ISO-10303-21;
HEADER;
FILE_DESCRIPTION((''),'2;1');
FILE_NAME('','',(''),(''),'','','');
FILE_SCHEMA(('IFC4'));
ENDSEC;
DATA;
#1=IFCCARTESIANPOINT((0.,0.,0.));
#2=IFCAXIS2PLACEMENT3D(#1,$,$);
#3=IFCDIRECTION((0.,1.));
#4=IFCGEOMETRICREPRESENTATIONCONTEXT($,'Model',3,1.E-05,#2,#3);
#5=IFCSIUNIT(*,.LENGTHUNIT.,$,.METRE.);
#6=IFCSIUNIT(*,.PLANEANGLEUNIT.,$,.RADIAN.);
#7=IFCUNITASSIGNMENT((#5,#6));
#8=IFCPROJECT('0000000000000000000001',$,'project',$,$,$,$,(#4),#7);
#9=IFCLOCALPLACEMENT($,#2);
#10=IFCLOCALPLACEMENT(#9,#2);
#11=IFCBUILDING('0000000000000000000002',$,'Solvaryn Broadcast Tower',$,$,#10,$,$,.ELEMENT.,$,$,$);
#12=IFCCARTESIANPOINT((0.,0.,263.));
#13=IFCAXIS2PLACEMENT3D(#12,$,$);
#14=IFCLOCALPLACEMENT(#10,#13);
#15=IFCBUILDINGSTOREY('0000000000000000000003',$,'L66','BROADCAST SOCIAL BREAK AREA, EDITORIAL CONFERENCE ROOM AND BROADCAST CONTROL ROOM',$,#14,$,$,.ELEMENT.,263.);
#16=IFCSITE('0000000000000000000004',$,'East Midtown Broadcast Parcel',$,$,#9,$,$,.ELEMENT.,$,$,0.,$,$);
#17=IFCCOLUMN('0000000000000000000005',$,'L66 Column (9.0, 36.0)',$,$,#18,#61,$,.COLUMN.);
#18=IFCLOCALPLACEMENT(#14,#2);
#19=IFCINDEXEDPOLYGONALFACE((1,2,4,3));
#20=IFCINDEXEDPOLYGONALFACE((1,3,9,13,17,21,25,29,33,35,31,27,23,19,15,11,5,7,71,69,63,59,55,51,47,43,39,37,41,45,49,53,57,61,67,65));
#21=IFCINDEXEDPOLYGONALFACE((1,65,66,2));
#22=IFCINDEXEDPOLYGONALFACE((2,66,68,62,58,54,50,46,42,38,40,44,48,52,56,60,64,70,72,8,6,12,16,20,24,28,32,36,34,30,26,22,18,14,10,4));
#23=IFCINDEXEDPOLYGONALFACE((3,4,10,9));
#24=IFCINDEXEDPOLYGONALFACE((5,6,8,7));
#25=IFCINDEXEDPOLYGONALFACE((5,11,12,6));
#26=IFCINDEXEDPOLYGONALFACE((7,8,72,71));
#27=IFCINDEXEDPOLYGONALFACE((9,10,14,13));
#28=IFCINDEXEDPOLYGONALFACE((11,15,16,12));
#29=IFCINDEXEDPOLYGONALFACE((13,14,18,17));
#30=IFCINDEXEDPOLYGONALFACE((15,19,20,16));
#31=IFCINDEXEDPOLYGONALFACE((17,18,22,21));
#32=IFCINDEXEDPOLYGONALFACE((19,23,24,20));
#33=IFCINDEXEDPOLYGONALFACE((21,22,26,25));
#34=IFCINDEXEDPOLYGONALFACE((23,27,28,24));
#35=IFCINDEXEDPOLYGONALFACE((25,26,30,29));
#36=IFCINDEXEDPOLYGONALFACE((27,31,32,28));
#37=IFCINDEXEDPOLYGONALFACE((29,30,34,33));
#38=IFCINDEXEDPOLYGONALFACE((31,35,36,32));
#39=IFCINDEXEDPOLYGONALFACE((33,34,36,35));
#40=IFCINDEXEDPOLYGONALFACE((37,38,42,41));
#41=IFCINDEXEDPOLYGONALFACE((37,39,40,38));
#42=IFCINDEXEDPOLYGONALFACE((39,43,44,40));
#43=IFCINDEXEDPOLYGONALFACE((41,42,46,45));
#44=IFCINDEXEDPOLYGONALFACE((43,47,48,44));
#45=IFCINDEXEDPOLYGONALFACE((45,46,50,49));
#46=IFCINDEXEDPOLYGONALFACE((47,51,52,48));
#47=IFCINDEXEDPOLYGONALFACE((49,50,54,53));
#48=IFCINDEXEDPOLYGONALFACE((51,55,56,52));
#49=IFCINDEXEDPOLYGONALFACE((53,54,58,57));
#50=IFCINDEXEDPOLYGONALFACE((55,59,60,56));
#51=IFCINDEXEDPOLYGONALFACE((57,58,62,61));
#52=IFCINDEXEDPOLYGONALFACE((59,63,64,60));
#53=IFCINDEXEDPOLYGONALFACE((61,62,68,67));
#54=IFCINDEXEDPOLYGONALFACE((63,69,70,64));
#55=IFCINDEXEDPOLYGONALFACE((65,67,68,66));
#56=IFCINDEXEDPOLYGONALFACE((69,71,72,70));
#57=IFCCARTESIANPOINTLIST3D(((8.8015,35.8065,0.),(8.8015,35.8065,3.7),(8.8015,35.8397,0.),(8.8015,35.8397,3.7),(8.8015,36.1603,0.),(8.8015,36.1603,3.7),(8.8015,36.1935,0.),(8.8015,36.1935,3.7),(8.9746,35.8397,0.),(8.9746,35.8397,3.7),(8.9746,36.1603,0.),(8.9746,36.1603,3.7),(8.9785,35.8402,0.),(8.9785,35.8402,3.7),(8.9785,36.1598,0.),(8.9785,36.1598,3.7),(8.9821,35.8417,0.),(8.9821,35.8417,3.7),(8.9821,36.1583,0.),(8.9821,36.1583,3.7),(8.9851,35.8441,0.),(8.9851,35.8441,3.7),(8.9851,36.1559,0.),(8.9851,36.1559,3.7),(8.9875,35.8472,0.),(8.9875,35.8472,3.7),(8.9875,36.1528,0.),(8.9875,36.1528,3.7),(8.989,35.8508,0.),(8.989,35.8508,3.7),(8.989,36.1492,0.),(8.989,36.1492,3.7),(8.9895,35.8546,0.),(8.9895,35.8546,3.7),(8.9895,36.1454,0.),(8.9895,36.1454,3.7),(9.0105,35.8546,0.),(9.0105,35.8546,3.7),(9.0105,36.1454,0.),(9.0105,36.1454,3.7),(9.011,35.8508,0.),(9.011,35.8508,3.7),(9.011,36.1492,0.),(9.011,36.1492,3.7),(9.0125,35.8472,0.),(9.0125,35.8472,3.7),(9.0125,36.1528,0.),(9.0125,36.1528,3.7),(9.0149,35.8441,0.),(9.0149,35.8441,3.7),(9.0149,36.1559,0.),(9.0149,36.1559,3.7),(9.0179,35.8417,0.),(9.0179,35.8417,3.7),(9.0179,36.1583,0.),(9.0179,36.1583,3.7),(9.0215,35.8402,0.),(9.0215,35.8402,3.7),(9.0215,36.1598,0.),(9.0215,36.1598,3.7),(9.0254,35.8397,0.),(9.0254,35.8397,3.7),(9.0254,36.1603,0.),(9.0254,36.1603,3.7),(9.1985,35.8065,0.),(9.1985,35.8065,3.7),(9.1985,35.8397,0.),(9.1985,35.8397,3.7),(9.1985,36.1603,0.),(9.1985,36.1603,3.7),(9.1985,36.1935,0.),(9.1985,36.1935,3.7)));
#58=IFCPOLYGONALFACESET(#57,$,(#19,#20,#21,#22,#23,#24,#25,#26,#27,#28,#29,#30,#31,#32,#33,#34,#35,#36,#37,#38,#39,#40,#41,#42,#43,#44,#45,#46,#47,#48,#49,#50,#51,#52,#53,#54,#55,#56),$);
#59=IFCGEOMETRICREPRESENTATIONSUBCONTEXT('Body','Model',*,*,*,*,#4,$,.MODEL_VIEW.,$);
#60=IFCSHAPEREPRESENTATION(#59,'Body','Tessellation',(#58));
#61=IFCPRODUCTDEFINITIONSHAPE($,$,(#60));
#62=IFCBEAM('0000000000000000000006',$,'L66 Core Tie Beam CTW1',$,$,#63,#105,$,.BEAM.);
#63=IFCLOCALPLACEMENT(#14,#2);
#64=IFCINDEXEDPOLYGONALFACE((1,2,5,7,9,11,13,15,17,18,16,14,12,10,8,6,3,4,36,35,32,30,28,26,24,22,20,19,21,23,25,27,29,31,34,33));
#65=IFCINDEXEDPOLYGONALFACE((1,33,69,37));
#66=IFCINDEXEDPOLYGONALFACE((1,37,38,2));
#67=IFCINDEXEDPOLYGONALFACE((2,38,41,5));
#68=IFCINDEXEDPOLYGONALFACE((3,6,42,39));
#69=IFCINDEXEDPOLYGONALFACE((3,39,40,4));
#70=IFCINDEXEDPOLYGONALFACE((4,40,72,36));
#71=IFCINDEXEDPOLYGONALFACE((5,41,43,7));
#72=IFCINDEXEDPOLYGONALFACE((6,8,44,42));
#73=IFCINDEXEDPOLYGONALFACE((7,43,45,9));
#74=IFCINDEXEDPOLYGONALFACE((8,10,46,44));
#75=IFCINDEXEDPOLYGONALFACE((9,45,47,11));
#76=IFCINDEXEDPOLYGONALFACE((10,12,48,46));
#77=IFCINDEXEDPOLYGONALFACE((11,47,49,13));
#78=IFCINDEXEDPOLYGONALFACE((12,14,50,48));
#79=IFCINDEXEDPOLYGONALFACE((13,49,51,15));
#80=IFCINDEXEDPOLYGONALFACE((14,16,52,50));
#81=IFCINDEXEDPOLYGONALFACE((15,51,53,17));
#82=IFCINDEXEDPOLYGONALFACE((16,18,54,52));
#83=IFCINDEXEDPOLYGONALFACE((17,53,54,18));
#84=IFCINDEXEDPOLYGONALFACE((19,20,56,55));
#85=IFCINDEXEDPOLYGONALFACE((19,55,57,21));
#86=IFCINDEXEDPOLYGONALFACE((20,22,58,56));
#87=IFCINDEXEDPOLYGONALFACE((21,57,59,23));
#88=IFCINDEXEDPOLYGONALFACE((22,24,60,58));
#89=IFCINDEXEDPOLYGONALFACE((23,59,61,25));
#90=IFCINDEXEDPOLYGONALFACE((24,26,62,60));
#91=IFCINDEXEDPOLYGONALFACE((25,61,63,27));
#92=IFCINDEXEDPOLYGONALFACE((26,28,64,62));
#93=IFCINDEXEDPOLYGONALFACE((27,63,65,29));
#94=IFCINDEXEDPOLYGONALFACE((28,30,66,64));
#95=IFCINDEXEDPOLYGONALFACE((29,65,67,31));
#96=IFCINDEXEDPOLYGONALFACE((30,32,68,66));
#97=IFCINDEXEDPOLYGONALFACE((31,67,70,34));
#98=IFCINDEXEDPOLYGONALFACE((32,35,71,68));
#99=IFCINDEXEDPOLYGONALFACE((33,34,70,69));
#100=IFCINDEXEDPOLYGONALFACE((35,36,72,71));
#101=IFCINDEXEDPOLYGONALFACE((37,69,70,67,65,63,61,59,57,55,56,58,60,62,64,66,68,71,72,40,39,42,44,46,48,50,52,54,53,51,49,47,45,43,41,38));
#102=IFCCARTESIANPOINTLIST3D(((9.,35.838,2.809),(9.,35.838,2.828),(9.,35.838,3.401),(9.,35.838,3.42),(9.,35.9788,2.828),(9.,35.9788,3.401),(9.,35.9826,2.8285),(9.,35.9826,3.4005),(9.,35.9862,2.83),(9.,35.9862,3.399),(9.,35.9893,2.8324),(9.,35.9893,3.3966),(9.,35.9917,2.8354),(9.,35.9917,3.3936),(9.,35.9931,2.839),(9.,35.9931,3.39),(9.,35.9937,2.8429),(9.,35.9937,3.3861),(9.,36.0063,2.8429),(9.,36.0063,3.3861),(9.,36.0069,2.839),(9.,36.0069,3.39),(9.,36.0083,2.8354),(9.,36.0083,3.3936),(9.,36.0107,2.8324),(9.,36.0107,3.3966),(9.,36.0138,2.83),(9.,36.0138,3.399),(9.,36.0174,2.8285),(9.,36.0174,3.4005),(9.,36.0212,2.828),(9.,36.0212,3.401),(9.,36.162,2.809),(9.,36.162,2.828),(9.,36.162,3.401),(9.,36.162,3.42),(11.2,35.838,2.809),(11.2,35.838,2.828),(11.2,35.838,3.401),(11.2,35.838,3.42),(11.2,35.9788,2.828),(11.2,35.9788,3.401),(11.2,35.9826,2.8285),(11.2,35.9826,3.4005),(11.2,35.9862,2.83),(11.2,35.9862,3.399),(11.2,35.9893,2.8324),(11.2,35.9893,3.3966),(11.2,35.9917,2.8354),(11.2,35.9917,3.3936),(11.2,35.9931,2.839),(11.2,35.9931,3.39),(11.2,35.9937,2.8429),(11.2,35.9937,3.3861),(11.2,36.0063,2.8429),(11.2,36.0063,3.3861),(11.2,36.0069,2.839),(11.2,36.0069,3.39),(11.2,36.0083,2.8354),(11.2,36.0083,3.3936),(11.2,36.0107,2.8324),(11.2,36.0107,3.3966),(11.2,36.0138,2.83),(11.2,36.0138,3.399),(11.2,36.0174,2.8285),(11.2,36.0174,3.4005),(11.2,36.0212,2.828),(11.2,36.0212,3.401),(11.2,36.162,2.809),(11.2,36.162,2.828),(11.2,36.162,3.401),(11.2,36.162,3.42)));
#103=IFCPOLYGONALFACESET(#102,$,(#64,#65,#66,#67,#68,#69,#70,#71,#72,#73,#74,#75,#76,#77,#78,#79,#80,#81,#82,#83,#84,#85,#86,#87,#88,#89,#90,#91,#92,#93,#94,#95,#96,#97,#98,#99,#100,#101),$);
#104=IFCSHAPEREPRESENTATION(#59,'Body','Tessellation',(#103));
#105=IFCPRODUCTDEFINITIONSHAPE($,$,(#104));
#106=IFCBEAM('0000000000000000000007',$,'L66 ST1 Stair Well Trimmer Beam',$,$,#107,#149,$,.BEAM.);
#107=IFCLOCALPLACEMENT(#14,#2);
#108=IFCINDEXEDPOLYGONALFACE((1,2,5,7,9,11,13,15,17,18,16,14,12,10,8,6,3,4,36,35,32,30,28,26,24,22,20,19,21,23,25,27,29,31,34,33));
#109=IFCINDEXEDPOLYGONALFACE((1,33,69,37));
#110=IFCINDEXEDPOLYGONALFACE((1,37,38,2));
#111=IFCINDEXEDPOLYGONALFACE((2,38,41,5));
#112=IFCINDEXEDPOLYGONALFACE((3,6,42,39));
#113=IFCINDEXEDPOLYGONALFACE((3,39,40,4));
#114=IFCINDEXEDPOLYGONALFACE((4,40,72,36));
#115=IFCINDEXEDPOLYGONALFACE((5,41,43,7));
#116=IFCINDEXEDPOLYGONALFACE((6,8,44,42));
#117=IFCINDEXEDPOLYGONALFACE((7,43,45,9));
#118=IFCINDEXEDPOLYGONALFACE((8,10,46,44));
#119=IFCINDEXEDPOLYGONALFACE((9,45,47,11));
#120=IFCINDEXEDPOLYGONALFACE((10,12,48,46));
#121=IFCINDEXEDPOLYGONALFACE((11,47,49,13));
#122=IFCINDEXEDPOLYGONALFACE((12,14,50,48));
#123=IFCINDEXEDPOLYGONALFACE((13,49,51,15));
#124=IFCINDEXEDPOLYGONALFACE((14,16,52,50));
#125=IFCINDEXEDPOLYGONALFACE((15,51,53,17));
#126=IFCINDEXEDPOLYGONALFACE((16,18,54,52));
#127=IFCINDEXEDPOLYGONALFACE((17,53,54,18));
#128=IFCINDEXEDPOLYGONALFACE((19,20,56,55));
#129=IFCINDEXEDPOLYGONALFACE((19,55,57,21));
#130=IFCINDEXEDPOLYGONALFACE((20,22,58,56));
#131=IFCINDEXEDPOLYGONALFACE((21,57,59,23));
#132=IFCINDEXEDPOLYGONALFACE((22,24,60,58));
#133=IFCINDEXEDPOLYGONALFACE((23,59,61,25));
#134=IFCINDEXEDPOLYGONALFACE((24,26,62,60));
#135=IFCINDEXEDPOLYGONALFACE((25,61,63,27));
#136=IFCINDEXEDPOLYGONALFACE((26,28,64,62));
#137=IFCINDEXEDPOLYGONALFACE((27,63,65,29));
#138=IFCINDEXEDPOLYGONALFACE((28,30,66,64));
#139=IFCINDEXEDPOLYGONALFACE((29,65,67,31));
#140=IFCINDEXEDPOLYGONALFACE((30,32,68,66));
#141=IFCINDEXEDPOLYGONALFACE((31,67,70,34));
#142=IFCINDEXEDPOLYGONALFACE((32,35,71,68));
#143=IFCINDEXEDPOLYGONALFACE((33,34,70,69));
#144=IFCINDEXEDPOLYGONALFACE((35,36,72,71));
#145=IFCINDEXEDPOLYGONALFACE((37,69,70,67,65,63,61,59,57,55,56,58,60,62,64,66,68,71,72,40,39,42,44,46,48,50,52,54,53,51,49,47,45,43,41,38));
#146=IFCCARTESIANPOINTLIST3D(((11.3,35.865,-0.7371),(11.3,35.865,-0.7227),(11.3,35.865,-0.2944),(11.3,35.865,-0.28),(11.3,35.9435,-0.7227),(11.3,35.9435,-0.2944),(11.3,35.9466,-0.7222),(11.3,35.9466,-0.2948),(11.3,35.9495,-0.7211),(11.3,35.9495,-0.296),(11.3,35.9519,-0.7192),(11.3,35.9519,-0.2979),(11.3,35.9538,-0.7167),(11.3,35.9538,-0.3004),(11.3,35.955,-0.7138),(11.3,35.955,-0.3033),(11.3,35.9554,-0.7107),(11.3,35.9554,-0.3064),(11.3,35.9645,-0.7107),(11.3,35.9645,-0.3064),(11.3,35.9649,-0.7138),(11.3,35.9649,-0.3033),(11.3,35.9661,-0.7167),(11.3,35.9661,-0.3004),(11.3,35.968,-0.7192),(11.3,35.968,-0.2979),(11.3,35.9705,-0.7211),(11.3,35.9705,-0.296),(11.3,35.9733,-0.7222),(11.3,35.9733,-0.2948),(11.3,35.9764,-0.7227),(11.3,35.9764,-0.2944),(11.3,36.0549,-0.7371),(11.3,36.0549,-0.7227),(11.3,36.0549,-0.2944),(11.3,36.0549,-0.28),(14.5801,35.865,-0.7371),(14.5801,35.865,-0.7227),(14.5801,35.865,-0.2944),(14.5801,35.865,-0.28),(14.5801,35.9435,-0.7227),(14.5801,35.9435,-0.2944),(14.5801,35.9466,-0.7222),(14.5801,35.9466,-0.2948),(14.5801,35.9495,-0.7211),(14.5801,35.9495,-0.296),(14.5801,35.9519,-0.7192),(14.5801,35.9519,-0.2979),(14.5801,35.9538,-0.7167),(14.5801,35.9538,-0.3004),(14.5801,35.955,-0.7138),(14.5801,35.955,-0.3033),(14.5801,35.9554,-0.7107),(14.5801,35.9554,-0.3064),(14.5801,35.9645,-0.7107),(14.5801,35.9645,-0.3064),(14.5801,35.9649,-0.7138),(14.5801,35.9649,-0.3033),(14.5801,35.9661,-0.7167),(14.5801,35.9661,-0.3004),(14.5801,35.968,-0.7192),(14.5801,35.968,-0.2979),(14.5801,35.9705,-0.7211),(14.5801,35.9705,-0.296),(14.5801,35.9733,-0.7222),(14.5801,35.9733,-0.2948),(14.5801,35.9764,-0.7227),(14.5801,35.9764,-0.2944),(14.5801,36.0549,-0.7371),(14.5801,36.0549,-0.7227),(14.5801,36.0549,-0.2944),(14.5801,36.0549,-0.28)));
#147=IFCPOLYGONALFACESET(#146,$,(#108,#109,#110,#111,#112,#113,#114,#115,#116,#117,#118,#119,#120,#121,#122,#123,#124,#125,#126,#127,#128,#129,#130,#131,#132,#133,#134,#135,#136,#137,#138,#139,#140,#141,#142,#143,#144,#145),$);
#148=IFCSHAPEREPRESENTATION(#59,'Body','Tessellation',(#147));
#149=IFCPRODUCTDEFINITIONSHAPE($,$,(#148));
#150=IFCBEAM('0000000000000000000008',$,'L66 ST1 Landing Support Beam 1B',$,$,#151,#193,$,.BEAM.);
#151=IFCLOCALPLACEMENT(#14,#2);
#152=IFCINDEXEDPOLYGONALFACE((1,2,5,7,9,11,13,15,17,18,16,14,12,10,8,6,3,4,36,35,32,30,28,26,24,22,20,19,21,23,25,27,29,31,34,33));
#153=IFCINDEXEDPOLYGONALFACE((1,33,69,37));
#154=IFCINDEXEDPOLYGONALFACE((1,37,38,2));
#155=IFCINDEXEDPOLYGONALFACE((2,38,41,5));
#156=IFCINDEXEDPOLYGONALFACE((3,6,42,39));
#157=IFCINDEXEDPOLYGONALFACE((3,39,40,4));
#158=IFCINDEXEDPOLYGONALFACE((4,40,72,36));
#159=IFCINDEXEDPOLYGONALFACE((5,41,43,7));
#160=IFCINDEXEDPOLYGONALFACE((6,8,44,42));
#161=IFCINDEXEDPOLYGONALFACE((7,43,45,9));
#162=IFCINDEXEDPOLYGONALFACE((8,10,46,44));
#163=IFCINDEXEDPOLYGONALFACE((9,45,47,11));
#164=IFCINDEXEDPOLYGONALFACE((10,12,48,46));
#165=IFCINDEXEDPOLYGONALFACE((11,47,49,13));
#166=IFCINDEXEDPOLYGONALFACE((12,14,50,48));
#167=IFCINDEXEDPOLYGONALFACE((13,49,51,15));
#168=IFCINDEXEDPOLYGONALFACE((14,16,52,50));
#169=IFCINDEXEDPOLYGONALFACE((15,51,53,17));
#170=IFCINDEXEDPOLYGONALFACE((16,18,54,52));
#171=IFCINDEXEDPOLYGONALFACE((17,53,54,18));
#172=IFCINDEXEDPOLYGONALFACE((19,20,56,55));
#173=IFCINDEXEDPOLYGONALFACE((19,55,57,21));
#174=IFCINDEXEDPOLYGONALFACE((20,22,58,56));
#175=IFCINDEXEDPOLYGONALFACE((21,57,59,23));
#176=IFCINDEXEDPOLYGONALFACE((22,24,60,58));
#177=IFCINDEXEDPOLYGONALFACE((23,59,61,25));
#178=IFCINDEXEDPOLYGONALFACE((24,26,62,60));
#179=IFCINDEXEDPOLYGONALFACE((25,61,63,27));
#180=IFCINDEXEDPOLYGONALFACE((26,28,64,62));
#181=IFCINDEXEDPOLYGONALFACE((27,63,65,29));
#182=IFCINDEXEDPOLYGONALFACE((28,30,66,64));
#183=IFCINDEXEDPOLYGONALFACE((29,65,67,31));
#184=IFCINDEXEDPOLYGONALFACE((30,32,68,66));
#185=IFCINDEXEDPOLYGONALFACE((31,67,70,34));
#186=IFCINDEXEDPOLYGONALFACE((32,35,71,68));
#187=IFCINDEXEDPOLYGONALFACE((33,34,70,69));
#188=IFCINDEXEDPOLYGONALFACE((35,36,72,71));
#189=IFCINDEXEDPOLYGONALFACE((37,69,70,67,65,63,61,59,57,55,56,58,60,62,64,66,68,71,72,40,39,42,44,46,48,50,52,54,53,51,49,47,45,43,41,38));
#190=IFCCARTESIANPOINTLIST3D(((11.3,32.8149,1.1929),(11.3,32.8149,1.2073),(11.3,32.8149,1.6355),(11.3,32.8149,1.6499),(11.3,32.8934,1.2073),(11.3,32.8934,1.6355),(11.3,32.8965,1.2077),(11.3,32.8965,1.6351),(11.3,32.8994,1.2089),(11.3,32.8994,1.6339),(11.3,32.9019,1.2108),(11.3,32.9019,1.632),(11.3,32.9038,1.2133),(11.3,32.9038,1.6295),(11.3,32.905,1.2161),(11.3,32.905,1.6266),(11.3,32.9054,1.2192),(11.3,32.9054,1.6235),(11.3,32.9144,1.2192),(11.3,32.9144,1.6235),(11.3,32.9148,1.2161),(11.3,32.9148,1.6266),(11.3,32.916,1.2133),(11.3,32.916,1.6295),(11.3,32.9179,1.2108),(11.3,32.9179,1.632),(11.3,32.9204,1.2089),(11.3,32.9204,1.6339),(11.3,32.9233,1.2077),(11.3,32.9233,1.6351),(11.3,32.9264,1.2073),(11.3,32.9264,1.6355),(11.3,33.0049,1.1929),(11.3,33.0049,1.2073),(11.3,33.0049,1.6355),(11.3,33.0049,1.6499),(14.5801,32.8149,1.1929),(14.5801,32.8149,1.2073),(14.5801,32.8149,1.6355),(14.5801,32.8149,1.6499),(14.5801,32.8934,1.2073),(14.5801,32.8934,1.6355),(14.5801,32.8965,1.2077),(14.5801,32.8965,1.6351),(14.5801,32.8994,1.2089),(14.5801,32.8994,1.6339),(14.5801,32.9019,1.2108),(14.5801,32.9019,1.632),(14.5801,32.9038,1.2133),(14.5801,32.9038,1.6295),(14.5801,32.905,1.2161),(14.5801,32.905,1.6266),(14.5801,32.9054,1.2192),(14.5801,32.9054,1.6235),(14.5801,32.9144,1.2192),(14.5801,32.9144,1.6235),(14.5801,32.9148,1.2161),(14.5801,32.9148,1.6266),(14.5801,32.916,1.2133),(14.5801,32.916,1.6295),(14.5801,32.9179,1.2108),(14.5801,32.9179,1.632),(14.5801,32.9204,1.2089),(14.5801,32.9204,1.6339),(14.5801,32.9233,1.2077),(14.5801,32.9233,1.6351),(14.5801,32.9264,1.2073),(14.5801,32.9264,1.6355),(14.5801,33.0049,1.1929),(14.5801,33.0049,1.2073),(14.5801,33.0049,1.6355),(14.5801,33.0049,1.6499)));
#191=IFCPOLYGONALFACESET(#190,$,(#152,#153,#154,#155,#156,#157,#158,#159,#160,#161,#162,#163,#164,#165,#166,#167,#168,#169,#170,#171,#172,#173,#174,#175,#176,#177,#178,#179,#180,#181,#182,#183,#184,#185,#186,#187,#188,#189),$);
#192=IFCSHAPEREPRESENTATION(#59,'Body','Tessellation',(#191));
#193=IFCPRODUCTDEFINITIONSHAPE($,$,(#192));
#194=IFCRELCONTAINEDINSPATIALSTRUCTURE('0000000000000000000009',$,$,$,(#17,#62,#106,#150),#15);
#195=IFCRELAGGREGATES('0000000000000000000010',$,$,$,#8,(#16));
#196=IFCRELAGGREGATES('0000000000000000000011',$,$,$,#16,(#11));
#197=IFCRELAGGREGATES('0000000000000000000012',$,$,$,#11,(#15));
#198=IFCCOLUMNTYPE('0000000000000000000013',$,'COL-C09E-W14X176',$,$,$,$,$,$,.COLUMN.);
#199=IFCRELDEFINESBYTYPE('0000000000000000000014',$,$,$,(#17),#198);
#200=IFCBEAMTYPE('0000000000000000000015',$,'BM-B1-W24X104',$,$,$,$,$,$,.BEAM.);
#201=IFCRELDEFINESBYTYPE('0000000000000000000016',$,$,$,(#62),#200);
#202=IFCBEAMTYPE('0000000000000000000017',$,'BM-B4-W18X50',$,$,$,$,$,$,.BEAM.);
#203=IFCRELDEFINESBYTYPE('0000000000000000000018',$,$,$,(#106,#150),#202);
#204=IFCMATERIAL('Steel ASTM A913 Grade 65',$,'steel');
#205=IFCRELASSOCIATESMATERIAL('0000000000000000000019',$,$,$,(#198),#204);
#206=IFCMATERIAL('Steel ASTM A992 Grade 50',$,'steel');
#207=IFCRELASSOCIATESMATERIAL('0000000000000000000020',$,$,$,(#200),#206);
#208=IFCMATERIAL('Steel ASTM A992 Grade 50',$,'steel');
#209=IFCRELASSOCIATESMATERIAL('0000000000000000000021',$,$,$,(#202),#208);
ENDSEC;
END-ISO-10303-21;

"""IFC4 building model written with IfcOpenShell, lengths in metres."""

from ifc_helpers import new_model, si_unit, direction, frame, origin, origin_2d, place, context, subcontext, project, spatial, i_section, extrude, material, material_profile, profile_set, type_object, element, save


model = new_model("IFC4")

# Units and contexts
model_context = context("Model", 3, precision=1e-05, world=origin(), true_north=direction((0.0, 1.0)))
body_context = subcontext(model_context, "Body", "Model", "MODEL_VIEW")
ifc_project = project(units=[si_unit("LENGTHUNIT", "METRE"), si_unit("PLANEANGLEUNIT", "RADIAN")], contexts=[model_context])

# Site, building, storey
site_placement = place(None, origin())
site = spatial("IfcSite", under=ifc_project, at=site_placement, Name="East Midtown Broadcast Parcel", CompositionType="ELEMENT", RefElevation=0.0)
building_placement = place(site_placement, origin())
building = spatial("IfcBuilding", under=site, at=building_placement, Name="Solvaryn Broadcast Tower", CompositionType="ELEMENT")
storey_placement = place(building_placement, frame((0.0, 0.0, 263.0)))
storey = spatial("IfcBuildingStorey", under=building, at=storey_placement, Name="L66", Description="BROADCAST SOCIAL BREAK AREA, EDITORIAL CONFERENCE ROOM AND BROADCAST CONTROL ROOM", CompositionType="ELEMENT", Elevation=263.0)

# Column
ifc_material_1 = material(Name="Steel ASTM A913 Grade 65", Category="steel")
ifc_material_profile_1 = material_profile(ifc_material_1, i_section(OverallWidth=0.397, OverallDepth=0.387, WebThickness=0.021, FlangeThickness=0.0332, FilletRadius=0.0149, at=origin_2d()))
ifc_profile_set_1 = profile_set([ifc_material_profile_1], Name="Steel ASTM A913 Grade 65")
column_type = type_object("IfcColumnType", Name="COL-C09E-W14X176", PredefinedType="COLUMN", material=ifc_profile_set_1)
column_placement = place(storey_placement, frame((9.0, 36.0, 0.0), z_axis=(0.0, 0.0, 1.0), x_axis=(1.0, 0.0, 0.0)))
element("IfcColumn", 1, at=column_placement, inside=storey, type_object=column_type, Name="L66 Column (9.0, 36.0)", PredefinedType="COLUMN", context=body_context, shape_type="SweptSolid", body=[
    extrude(i_section(OverallWidth=0.397, OverallDepth=0.387, WebThickness=0.021, FlangeThickness=0.0332, FilletRadius=0.0149, at=origin_2d()), origin(), (0.0, 0.0, 1.0), 3.7),
])

# Beams
ifc_material_2 = material(Name="Steel ASTM A992 Grade 50", Category="steel")
ifc_material_profile_2 = material_profile(ifc_material_2, i_section(OverallWidth=0.324, OverallDepth=0.6111, WebThickness=0.0127, FlangeThickness=0.019, FilletRadius=0.0149, at=origin_2d()))
ifc_profile_set_2 = profile_set([ifc_material_profile_2], Name="Steel ASTM A992 Grade 50")
beam_type_1 = type_object("IfcBeamType", Name="BM-B1-W24X104", PredefinedType="BEAM", material=ifc_profile_set_2)
beam_placement = place(storey_placement, frame((9.0, 36.0, 3.1145), z_axis=(1.0, 0.0, 0.0), x_axis=(0.0, 1.0, 0.0)))
element("IfcBeam", 2, at=beam_placement, inside=storey, type_object=beam_type_1, Name="L66 Core Tie Beam CTW1", PredefinedType="BEAM", context=body_context, shape_type="SweptSolid", body=[
    extrude(i_section(OverallWidth=0.324, OverallDepth=0.6111, WebThickness=0.0127, FlangeThickness=0.019, FilletRadius=0.0149, at=origin_2d()), origin(), (0.0, 0.0, 1.0), 2.2),
])
ifc_material_3 = material(Name="Steel ASTM A992 Grade 50", Category="steel")
ifc_material_profile_3 = material_profile(ifc_material_3, i_section(OverallWidth=0.1899, OverallDepth=0.457, WebThickness=0.009, FlangeThickness=0.0144, FilletRadius=0.012, at=origin_2d()))
ifc_profile_set_3 = profile_set([ifc_material_profile_3], Name="Steel ASTM A992 Grade 50")
beam_type_2 = type_object("IfcBeamType", Name="BM-B4-W18X50", PredefinedType="BEAM", material=ifc_profile_set_3)
for number, where, z_axis, x_axis, name in (
    (3, (11.3, 35.96, -0.5085), (1.0, 0.0, 0.0), (0.0, 1.0, 0.0), "L66 ST1 Stair Well Trimmer Beam"),
    (4, (11.3, 32.9099, 1.4214), (1.0, 0.0, 0.0), (0.0, 1.0, 0.0), "L66 ST1 Landing Support Beam 1B"),
):
    element("IfcBeam", number, at=place(storey_placement, frame(where, z_axis=z_axis, x_axis=x_axis)), inside=storey, type_object=beam_type_2, Name=name, PredefinedType="BEAM", context=body_context, shape_type="SweptSolid", body=[
        extrude(i_section(OverallWidth=0.1899, OverallDepth=0.457, WebThickness=0.009, FlangeThickness=0.0144, FilletRadius=0.012, at=origin_2d()), origin(), (0.0, 0.0, 1.0), 3.28),
    ])

save(model, "model.ifc")
